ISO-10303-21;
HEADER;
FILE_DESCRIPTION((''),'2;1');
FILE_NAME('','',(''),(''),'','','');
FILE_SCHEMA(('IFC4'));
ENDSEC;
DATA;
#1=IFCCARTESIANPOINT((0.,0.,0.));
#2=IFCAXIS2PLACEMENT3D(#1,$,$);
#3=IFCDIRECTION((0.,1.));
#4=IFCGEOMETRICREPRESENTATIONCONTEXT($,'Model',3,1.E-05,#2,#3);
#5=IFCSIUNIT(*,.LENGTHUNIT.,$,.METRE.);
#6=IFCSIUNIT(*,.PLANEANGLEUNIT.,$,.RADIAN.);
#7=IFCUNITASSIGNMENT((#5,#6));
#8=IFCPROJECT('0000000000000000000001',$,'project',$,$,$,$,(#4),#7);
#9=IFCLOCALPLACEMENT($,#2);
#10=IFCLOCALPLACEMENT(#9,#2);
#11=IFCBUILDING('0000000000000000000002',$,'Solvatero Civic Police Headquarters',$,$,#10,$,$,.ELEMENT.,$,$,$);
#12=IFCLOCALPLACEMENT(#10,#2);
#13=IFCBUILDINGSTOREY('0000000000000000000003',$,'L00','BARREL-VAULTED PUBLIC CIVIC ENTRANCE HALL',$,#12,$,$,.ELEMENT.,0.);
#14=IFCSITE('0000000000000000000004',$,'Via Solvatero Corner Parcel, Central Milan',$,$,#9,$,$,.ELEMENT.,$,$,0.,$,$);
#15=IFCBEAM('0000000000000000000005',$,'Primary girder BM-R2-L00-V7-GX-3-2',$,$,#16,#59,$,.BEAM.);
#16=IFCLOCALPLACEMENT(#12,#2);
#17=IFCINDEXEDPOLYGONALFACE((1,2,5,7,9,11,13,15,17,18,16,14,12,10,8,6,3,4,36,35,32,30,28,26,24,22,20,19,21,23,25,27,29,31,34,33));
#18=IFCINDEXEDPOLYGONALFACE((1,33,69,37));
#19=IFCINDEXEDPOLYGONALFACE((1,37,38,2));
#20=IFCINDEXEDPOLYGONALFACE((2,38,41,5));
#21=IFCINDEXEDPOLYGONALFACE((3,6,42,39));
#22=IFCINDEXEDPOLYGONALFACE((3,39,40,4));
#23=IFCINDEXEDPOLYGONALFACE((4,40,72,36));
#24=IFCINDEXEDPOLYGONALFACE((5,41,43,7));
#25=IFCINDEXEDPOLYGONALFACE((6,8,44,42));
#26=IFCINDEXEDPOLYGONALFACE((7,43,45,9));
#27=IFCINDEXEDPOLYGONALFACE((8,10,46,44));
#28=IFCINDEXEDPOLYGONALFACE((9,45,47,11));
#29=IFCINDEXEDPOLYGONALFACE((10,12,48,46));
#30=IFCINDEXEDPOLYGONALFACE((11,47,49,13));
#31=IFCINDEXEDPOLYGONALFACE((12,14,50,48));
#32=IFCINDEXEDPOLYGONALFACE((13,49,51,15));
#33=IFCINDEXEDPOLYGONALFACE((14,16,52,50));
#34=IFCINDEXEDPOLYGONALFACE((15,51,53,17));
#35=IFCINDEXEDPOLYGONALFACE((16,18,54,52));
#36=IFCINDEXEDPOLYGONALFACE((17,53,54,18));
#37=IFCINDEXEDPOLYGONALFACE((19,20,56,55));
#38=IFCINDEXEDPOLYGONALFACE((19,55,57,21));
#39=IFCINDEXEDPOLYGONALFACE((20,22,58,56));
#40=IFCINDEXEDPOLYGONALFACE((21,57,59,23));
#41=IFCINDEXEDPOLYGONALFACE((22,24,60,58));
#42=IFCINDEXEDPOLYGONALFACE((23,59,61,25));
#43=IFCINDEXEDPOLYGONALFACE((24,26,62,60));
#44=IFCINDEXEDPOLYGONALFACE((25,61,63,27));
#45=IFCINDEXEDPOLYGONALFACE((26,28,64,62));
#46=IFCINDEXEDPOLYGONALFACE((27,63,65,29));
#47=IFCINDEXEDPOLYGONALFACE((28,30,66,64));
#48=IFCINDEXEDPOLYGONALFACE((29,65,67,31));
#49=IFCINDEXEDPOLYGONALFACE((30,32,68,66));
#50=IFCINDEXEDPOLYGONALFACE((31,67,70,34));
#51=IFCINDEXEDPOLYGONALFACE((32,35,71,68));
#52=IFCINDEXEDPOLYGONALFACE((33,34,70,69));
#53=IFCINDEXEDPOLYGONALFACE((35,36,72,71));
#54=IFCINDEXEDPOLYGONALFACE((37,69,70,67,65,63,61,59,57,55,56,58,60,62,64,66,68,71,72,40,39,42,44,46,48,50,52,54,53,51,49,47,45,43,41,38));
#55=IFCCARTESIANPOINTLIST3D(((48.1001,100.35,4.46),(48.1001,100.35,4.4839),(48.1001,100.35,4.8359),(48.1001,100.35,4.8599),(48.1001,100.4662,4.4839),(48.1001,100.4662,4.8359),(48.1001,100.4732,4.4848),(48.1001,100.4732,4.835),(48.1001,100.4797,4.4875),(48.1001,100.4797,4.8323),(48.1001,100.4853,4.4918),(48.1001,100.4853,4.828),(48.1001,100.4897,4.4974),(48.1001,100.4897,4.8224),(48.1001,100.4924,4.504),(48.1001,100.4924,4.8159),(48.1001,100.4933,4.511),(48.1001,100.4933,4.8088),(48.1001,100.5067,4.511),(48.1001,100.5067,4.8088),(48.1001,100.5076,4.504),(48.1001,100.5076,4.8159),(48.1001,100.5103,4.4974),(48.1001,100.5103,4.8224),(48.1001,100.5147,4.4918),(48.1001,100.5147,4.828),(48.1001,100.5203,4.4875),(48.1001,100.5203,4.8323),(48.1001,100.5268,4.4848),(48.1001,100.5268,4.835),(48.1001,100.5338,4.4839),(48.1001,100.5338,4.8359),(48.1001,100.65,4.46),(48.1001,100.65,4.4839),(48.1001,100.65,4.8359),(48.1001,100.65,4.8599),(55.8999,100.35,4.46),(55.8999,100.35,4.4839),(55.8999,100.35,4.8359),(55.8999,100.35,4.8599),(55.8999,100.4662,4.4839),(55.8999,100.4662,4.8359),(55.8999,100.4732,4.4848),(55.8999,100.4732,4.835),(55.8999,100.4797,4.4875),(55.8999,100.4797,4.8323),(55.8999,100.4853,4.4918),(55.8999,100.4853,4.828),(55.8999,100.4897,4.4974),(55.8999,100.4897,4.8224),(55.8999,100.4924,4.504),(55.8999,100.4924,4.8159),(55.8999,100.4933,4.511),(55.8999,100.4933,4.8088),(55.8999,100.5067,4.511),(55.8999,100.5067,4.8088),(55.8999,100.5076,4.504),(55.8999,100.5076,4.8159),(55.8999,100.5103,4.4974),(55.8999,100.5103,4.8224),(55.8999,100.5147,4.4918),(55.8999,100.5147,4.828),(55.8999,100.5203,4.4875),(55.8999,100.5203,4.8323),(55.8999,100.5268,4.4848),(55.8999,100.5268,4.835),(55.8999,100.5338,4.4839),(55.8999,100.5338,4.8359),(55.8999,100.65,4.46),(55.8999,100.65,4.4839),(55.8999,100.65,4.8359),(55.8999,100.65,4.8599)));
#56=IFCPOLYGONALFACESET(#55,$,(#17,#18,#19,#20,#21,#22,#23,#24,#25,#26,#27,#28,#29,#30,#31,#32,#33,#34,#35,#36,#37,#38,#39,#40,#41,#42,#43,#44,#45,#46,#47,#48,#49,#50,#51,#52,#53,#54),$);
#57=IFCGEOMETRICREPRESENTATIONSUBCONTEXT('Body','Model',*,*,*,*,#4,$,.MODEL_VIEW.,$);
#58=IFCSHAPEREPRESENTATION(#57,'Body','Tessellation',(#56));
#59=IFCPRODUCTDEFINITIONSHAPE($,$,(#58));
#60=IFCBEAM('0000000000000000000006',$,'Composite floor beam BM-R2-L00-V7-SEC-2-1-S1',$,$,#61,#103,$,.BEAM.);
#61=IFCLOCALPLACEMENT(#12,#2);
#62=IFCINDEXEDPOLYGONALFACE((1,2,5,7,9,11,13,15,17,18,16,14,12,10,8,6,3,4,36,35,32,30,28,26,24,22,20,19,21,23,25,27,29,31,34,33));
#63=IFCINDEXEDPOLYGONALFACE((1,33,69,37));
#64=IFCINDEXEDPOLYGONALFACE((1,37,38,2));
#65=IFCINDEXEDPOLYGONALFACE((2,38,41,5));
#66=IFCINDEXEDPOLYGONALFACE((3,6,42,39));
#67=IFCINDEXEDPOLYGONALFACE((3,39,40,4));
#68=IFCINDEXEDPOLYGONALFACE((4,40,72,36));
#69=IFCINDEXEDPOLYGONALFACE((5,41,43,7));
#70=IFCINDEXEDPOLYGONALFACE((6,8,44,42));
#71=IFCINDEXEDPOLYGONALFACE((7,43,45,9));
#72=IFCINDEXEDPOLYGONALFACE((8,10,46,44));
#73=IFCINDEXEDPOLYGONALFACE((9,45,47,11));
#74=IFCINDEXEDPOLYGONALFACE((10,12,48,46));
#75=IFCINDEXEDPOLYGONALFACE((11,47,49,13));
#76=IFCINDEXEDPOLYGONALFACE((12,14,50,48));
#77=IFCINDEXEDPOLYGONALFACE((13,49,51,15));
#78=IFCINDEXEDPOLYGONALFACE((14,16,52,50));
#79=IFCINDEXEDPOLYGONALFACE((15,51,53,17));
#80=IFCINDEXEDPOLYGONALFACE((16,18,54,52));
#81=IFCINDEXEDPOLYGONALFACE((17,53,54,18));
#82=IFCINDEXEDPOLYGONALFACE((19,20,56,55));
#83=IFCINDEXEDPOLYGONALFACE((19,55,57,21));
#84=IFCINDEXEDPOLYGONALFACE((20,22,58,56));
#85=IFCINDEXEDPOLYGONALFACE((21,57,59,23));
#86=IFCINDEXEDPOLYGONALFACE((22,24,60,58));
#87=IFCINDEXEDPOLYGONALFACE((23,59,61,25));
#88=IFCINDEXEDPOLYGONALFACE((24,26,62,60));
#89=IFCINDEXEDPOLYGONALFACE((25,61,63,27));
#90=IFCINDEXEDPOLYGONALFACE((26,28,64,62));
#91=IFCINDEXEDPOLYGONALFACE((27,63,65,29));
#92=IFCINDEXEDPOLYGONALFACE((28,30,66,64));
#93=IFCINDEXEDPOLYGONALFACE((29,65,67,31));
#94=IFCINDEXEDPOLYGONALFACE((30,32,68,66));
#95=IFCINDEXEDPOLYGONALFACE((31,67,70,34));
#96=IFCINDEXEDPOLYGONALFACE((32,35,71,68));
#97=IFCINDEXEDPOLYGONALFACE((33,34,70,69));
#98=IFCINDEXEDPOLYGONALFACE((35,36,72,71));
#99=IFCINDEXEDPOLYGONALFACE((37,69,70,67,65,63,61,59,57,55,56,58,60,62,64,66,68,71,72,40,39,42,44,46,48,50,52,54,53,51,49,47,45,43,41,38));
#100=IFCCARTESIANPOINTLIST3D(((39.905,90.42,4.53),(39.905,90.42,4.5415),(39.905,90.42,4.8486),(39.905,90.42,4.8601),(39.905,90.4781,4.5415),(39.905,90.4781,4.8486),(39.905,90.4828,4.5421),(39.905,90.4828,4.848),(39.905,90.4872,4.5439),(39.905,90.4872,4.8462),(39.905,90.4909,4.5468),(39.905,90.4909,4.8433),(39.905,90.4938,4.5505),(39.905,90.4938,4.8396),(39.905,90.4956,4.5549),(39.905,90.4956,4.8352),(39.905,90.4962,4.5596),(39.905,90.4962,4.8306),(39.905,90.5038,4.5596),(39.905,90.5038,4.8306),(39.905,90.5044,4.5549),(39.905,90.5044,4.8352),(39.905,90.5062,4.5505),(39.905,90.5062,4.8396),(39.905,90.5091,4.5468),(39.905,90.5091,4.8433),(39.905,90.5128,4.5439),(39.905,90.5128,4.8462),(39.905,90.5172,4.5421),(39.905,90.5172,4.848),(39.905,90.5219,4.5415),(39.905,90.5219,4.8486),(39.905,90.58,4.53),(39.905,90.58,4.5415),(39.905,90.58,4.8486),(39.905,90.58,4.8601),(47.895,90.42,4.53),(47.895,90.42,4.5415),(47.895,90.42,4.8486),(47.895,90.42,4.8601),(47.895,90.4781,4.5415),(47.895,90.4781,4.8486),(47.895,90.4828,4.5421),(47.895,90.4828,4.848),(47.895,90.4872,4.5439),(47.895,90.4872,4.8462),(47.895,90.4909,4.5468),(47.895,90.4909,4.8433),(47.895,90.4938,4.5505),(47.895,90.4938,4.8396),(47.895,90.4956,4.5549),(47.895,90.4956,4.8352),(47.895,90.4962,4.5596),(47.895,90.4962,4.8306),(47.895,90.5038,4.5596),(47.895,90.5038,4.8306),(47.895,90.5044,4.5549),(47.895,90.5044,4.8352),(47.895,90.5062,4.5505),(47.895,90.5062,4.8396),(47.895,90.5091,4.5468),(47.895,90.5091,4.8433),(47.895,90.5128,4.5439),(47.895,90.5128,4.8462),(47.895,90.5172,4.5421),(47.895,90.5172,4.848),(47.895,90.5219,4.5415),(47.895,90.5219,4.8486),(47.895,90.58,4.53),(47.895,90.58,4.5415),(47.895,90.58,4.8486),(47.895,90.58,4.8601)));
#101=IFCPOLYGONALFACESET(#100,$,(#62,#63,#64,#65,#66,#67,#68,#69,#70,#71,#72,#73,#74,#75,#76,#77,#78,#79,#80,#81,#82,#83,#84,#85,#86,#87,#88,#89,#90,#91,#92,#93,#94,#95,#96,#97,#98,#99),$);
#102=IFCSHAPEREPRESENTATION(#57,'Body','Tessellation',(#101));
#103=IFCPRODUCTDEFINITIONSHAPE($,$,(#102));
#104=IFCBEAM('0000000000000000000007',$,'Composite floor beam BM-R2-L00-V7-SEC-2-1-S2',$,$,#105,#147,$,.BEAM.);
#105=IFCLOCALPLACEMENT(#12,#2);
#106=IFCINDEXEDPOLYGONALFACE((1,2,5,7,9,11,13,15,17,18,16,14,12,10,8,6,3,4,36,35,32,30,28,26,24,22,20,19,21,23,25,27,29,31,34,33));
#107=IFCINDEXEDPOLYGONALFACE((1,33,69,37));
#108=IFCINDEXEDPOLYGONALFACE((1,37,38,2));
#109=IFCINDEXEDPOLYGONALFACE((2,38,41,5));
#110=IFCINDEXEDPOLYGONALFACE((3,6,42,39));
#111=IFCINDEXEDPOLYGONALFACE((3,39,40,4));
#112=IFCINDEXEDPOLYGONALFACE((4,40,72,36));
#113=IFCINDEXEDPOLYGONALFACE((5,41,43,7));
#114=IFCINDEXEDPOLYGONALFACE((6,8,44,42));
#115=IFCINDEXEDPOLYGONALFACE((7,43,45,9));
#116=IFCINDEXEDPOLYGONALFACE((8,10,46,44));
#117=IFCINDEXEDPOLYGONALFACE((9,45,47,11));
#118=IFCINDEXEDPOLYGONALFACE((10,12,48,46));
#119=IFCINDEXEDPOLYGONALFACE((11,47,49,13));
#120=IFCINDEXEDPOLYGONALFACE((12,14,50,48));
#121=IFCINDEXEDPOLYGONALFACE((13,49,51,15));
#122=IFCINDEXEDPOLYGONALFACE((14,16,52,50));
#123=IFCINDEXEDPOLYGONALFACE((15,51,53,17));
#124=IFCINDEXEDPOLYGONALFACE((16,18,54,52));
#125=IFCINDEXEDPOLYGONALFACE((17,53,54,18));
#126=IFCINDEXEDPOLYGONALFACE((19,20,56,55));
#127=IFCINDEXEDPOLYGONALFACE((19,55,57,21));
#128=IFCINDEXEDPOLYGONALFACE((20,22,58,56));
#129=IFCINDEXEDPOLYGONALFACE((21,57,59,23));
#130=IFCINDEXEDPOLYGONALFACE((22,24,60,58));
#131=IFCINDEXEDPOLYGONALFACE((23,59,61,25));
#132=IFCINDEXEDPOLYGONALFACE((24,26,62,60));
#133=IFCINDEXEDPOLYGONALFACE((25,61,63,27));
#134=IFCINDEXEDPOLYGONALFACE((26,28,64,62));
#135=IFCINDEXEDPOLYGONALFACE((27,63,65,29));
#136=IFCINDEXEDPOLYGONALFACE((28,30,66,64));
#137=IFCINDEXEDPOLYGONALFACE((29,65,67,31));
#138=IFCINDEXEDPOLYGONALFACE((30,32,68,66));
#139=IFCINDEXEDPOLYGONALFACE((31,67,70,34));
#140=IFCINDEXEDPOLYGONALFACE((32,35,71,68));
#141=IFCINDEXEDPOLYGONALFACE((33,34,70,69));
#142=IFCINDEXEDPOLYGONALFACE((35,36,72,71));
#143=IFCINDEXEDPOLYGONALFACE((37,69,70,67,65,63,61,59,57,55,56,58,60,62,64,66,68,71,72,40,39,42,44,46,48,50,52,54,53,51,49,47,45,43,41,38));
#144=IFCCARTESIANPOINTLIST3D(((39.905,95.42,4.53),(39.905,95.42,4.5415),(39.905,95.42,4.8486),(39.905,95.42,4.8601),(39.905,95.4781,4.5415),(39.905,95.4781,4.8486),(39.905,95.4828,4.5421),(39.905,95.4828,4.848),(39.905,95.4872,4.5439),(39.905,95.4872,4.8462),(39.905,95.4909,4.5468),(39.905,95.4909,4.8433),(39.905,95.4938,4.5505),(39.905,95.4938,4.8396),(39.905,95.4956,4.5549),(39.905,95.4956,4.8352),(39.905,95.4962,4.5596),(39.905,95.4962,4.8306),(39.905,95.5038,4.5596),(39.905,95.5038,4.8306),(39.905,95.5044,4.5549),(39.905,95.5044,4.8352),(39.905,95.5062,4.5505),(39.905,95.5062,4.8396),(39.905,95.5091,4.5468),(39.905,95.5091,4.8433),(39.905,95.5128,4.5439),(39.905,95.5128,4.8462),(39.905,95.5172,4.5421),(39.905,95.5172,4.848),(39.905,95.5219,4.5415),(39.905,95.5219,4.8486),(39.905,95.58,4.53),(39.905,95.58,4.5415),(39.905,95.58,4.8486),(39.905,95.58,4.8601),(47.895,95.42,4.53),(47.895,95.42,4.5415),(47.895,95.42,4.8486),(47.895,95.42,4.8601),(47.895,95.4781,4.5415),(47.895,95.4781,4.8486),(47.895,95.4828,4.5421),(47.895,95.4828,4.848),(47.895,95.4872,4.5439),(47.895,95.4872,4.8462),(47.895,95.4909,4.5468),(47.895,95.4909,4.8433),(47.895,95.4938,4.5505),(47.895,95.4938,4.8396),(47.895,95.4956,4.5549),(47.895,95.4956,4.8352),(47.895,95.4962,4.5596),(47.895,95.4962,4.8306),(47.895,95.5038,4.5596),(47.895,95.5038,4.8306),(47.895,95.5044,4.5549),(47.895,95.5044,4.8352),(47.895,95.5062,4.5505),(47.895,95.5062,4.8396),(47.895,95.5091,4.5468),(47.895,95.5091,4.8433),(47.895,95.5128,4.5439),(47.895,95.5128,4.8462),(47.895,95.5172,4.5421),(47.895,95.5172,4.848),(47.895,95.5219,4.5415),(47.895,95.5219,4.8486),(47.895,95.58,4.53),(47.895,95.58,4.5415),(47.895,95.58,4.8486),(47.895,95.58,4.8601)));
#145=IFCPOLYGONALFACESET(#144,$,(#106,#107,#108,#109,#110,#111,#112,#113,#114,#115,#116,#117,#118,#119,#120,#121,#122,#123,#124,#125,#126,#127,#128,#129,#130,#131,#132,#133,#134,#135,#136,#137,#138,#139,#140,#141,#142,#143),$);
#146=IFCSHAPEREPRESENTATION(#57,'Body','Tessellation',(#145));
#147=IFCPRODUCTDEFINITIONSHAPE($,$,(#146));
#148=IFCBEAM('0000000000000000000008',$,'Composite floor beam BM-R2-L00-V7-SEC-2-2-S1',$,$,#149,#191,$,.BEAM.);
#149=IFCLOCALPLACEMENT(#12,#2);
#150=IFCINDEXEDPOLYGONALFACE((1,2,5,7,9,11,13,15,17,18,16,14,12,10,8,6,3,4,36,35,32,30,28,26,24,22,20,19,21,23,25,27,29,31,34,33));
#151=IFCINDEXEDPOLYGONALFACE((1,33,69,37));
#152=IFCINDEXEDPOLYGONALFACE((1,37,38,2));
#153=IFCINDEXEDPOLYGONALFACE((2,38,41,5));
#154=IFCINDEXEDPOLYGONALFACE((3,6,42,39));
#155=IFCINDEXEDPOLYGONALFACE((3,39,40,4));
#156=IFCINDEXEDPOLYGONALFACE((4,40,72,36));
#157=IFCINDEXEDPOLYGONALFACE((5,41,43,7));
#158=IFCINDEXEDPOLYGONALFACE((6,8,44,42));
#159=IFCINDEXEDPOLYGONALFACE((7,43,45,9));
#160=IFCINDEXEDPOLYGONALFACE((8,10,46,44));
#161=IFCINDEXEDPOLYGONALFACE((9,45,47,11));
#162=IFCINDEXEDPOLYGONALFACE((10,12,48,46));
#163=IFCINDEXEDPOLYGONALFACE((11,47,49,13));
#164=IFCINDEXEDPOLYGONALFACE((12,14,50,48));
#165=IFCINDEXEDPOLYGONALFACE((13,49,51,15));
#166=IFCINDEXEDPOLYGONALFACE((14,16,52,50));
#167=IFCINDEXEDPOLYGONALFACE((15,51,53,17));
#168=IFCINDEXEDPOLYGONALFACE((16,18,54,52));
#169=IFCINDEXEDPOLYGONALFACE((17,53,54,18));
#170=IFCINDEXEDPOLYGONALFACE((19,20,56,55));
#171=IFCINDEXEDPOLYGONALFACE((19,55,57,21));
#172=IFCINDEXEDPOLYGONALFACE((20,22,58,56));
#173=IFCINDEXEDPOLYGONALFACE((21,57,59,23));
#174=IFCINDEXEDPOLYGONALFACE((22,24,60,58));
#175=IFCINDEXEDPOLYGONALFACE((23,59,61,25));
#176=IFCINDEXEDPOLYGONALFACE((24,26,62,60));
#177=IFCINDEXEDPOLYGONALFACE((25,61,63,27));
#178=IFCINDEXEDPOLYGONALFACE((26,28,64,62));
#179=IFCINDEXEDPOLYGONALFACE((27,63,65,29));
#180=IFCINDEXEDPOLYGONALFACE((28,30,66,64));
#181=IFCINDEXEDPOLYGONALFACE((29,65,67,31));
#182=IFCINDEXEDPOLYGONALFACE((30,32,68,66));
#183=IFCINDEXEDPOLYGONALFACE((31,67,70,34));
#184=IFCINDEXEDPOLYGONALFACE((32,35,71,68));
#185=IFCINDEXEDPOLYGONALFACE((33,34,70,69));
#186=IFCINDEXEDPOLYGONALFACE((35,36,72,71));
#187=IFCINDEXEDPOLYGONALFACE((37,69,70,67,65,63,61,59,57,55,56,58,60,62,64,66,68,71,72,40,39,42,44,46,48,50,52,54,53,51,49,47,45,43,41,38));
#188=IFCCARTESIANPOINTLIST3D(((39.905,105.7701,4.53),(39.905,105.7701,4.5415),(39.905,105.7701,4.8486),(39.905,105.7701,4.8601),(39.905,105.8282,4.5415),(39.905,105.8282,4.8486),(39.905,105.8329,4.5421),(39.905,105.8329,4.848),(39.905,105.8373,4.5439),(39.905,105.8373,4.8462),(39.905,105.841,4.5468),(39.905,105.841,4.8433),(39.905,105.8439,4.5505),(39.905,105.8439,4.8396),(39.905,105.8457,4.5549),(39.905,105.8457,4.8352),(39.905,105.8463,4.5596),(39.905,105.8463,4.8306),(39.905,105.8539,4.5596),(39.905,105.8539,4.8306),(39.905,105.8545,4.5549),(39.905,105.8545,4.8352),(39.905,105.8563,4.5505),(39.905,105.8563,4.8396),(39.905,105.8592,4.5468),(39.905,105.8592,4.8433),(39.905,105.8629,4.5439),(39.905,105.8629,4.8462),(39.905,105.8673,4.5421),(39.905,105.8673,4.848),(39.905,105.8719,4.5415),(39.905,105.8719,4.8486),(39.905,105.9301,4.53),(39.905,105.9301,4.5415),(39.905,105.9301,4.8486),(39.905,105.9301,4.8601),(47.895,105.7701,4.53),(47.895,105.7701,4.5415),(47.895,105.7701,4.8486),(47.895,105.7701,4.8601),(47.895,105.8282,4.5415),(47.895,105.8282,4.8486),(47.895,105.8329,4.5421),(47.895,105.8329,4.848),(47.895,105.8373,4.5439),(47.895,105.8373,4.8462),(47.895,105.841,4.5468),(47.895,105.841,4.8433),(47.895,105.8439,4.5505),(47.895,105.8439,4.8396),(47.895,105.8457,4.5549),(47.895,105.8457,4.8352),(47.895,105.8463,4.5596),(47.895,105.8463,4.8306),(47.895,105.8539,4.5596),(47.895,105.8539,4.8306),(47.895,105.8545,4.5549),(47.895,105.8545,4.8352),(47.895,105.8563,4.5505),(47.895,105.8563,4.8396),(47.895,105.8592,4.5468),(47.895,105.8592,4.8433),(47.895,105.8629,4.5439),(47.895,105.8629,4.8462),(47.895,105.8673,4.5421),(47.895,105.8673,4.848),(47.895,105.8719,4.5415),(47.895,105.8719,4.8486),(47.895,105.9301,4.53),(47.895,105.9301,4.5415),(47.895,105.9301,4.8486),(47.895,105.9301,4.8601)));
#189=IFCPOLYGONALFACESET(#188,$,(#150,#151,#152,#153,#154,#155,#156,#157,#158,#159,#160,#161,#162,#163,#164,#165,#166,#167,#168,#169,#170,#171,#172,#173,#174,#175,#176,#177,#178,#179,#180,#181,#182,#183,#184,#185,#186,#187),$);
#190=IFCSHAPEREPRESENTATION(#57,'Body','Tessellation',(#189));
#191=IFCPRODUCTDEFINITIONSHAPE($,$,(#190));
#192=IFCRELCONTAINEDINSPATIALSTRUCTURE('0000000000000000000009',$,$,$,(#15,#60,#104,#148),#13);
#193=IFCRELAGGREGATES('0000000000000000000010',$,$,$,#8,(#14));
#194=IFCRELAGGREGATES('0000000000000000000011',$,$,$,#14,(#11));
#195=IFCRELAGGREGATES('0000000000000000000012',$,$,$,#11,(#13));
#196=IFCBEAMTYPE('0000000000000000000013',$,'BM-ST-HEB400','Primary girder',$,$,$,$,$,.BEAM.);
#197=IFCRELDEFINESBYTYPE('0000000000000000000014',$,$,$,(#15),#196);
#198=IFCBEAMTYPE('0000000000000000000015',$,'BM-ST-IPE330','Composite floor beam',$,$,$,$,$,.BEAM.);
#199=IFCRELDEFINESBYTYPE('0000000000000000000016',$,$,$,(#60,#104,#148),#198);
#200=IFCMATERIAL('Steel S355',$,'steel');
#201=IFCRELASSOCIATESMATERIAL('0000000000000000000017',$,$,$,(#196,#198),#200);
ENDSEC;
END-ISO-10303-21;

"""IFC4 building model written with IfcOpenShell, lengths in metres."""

from ifc_helpers import new_model, si_unit, direction, frame, origin, origin_2d, place, context, subcontext, project, spatial, i_section, extrude, material, material_profile, profile_set, type_object, element, save


model = new_model("IFC4")

# Units and contexts
model_context = context("Model", 3, precision=1e-05, world=origin(), true_north=direction((0.0, 1.0)))
body_context = subcontext(model_context, "Body", "Model", "MODEL_VIEW")
ifc_project = project(units=[si_unit("LENGTHUNIT", "METRE"), si_unit("PLANEANGLEUNIT", "RADIAN")], contexts=[model_context])

# Site, building, storey
site_placement = place(None, origin())
site = spatial("IfcSite", under=ifc_project, at=site_placement, Name="Via Solvatero Corner Parcel, Central Milan", CompositionType="ELEMENT", RefElevation=0.0)
building_placement = place(site_placement, origin())
building = spatial("IfcBuilding", under=site, at=building_placement, Name="Solvatero Civic Police Headquarters", CompositionType="ELEMENT")
storey_placement = place(building_placement, origin())
storey = spatial("IfcBuildingStorey", under=building, at=storey_placement, Name="L00", Description="BARREL-VAULTED PUBLIC CIVIC ENTRANCE HALL", CompositionType="ELEMENT", Elevation=0.0)

# Beams
ifc_material_1 = material(Name="Steel S355", Category="steel")
ifc_material_profile_1 = material_profile(ifc_material_1, i_section(OverallWidth=0.3, OverallDepth=0.3999, WebThickness=0.0134, FlangeThickness=0.0239, FilletRadius=0.0271, at=origin_2d()), Name="HEB 400")
ifc_profile_set_1 = profile_set([ifc_material_profile_1], Name="Steel S355")
beam_type_1 = type_object("IfcBeamType", Name="BM-ST-HEB400", Description="Primary girder", PredefinedType="BEAM", material=ifc_profile_set_1)
beam_1_placement = place(storey_placement, frame((48.1001, 100.5, 4.6599), z_axis=(1.0, 0.0, 0.0), x_axis=(0.0, 1.0, 0.0)))
element("IfcBeam", 1, at=beam_1_placement, inside=storey, type_object=beam_type_1, Name="Primary girder BM-R2-L00-V7-GX-3-2", PredefinedType="BEAM", context=body_context, shape_type="SweptSolid", body=[
    extrude(i_section(OverallWidth=0.3, OverallDepth=0.3999, WebThickness=0.0134, FlangeThickness=0.0239, FilletRadius=0.0271, at=origin_2d()), origin(), (0.0, 0.0, 1.0), 7.7998),
])
ifc_material_profile_2 = material_profile(ifc_material_1, i_section(OverallWidth=0.1599, OverallDepth=0.3301, WebThickness=0.0076, FlangeThickness=0.0115, FilletRadius=0.0181, at=origin_2d()), Name="IPE 330")
ifc_profile_set_2 = profile_set([ifc_material_profile_2], Name="Steel S355")
beam_type_2 = type_object("IfcBeamType", Name="BM-ST-IPE330", Description="Composite floor beam", PredefinedType="BEAM", material=ifc_profile_set_2)
for number, where, z_axis, x_axis, name in (
    (2, (39.905, 90.5, 4.6951), (1.0, 0.0, 0.0), (0.0, 1.0, 0.0), "Composite floor beam BM-R2-L00-V7-SEC-2-1-S1"),
    (3, (39.905, 95.5, 4.6951), (1.0, 0.0, 0.0), (0.0, 1.0, 0.0), "Composite floor beam BM-R2-L00-V7-SEC-2-1-S2"),
    (4, (39.905, 105.8501, 4.6951), (1.0, 0.0, 0.0), (0.0, 1.0, 0.0), "Composite floor beam BM-R2-L00-V7-SEC-2-2-S1"),
):
    element("IfcBeam", number, at=place(storey_placement, frame(where, z_axis=z_axis, x_axis=x_axis)), inside=storey, type_object=beam_type_2, Name=name, PredefinedType="BEAM", context=body_context, shape_type="SweptSolid", body=[
        extrude(i_section(OverallWidth=0.1599, OverallDepth=0.3301, WebThickness=0.0076, FlangeThickness=0.0115, FilletRadius=0.0181, at=origin_2d()), origin(), (0.0, 0.0, 1.0), 7.99),
    ])

save(model, "model.ifc")
